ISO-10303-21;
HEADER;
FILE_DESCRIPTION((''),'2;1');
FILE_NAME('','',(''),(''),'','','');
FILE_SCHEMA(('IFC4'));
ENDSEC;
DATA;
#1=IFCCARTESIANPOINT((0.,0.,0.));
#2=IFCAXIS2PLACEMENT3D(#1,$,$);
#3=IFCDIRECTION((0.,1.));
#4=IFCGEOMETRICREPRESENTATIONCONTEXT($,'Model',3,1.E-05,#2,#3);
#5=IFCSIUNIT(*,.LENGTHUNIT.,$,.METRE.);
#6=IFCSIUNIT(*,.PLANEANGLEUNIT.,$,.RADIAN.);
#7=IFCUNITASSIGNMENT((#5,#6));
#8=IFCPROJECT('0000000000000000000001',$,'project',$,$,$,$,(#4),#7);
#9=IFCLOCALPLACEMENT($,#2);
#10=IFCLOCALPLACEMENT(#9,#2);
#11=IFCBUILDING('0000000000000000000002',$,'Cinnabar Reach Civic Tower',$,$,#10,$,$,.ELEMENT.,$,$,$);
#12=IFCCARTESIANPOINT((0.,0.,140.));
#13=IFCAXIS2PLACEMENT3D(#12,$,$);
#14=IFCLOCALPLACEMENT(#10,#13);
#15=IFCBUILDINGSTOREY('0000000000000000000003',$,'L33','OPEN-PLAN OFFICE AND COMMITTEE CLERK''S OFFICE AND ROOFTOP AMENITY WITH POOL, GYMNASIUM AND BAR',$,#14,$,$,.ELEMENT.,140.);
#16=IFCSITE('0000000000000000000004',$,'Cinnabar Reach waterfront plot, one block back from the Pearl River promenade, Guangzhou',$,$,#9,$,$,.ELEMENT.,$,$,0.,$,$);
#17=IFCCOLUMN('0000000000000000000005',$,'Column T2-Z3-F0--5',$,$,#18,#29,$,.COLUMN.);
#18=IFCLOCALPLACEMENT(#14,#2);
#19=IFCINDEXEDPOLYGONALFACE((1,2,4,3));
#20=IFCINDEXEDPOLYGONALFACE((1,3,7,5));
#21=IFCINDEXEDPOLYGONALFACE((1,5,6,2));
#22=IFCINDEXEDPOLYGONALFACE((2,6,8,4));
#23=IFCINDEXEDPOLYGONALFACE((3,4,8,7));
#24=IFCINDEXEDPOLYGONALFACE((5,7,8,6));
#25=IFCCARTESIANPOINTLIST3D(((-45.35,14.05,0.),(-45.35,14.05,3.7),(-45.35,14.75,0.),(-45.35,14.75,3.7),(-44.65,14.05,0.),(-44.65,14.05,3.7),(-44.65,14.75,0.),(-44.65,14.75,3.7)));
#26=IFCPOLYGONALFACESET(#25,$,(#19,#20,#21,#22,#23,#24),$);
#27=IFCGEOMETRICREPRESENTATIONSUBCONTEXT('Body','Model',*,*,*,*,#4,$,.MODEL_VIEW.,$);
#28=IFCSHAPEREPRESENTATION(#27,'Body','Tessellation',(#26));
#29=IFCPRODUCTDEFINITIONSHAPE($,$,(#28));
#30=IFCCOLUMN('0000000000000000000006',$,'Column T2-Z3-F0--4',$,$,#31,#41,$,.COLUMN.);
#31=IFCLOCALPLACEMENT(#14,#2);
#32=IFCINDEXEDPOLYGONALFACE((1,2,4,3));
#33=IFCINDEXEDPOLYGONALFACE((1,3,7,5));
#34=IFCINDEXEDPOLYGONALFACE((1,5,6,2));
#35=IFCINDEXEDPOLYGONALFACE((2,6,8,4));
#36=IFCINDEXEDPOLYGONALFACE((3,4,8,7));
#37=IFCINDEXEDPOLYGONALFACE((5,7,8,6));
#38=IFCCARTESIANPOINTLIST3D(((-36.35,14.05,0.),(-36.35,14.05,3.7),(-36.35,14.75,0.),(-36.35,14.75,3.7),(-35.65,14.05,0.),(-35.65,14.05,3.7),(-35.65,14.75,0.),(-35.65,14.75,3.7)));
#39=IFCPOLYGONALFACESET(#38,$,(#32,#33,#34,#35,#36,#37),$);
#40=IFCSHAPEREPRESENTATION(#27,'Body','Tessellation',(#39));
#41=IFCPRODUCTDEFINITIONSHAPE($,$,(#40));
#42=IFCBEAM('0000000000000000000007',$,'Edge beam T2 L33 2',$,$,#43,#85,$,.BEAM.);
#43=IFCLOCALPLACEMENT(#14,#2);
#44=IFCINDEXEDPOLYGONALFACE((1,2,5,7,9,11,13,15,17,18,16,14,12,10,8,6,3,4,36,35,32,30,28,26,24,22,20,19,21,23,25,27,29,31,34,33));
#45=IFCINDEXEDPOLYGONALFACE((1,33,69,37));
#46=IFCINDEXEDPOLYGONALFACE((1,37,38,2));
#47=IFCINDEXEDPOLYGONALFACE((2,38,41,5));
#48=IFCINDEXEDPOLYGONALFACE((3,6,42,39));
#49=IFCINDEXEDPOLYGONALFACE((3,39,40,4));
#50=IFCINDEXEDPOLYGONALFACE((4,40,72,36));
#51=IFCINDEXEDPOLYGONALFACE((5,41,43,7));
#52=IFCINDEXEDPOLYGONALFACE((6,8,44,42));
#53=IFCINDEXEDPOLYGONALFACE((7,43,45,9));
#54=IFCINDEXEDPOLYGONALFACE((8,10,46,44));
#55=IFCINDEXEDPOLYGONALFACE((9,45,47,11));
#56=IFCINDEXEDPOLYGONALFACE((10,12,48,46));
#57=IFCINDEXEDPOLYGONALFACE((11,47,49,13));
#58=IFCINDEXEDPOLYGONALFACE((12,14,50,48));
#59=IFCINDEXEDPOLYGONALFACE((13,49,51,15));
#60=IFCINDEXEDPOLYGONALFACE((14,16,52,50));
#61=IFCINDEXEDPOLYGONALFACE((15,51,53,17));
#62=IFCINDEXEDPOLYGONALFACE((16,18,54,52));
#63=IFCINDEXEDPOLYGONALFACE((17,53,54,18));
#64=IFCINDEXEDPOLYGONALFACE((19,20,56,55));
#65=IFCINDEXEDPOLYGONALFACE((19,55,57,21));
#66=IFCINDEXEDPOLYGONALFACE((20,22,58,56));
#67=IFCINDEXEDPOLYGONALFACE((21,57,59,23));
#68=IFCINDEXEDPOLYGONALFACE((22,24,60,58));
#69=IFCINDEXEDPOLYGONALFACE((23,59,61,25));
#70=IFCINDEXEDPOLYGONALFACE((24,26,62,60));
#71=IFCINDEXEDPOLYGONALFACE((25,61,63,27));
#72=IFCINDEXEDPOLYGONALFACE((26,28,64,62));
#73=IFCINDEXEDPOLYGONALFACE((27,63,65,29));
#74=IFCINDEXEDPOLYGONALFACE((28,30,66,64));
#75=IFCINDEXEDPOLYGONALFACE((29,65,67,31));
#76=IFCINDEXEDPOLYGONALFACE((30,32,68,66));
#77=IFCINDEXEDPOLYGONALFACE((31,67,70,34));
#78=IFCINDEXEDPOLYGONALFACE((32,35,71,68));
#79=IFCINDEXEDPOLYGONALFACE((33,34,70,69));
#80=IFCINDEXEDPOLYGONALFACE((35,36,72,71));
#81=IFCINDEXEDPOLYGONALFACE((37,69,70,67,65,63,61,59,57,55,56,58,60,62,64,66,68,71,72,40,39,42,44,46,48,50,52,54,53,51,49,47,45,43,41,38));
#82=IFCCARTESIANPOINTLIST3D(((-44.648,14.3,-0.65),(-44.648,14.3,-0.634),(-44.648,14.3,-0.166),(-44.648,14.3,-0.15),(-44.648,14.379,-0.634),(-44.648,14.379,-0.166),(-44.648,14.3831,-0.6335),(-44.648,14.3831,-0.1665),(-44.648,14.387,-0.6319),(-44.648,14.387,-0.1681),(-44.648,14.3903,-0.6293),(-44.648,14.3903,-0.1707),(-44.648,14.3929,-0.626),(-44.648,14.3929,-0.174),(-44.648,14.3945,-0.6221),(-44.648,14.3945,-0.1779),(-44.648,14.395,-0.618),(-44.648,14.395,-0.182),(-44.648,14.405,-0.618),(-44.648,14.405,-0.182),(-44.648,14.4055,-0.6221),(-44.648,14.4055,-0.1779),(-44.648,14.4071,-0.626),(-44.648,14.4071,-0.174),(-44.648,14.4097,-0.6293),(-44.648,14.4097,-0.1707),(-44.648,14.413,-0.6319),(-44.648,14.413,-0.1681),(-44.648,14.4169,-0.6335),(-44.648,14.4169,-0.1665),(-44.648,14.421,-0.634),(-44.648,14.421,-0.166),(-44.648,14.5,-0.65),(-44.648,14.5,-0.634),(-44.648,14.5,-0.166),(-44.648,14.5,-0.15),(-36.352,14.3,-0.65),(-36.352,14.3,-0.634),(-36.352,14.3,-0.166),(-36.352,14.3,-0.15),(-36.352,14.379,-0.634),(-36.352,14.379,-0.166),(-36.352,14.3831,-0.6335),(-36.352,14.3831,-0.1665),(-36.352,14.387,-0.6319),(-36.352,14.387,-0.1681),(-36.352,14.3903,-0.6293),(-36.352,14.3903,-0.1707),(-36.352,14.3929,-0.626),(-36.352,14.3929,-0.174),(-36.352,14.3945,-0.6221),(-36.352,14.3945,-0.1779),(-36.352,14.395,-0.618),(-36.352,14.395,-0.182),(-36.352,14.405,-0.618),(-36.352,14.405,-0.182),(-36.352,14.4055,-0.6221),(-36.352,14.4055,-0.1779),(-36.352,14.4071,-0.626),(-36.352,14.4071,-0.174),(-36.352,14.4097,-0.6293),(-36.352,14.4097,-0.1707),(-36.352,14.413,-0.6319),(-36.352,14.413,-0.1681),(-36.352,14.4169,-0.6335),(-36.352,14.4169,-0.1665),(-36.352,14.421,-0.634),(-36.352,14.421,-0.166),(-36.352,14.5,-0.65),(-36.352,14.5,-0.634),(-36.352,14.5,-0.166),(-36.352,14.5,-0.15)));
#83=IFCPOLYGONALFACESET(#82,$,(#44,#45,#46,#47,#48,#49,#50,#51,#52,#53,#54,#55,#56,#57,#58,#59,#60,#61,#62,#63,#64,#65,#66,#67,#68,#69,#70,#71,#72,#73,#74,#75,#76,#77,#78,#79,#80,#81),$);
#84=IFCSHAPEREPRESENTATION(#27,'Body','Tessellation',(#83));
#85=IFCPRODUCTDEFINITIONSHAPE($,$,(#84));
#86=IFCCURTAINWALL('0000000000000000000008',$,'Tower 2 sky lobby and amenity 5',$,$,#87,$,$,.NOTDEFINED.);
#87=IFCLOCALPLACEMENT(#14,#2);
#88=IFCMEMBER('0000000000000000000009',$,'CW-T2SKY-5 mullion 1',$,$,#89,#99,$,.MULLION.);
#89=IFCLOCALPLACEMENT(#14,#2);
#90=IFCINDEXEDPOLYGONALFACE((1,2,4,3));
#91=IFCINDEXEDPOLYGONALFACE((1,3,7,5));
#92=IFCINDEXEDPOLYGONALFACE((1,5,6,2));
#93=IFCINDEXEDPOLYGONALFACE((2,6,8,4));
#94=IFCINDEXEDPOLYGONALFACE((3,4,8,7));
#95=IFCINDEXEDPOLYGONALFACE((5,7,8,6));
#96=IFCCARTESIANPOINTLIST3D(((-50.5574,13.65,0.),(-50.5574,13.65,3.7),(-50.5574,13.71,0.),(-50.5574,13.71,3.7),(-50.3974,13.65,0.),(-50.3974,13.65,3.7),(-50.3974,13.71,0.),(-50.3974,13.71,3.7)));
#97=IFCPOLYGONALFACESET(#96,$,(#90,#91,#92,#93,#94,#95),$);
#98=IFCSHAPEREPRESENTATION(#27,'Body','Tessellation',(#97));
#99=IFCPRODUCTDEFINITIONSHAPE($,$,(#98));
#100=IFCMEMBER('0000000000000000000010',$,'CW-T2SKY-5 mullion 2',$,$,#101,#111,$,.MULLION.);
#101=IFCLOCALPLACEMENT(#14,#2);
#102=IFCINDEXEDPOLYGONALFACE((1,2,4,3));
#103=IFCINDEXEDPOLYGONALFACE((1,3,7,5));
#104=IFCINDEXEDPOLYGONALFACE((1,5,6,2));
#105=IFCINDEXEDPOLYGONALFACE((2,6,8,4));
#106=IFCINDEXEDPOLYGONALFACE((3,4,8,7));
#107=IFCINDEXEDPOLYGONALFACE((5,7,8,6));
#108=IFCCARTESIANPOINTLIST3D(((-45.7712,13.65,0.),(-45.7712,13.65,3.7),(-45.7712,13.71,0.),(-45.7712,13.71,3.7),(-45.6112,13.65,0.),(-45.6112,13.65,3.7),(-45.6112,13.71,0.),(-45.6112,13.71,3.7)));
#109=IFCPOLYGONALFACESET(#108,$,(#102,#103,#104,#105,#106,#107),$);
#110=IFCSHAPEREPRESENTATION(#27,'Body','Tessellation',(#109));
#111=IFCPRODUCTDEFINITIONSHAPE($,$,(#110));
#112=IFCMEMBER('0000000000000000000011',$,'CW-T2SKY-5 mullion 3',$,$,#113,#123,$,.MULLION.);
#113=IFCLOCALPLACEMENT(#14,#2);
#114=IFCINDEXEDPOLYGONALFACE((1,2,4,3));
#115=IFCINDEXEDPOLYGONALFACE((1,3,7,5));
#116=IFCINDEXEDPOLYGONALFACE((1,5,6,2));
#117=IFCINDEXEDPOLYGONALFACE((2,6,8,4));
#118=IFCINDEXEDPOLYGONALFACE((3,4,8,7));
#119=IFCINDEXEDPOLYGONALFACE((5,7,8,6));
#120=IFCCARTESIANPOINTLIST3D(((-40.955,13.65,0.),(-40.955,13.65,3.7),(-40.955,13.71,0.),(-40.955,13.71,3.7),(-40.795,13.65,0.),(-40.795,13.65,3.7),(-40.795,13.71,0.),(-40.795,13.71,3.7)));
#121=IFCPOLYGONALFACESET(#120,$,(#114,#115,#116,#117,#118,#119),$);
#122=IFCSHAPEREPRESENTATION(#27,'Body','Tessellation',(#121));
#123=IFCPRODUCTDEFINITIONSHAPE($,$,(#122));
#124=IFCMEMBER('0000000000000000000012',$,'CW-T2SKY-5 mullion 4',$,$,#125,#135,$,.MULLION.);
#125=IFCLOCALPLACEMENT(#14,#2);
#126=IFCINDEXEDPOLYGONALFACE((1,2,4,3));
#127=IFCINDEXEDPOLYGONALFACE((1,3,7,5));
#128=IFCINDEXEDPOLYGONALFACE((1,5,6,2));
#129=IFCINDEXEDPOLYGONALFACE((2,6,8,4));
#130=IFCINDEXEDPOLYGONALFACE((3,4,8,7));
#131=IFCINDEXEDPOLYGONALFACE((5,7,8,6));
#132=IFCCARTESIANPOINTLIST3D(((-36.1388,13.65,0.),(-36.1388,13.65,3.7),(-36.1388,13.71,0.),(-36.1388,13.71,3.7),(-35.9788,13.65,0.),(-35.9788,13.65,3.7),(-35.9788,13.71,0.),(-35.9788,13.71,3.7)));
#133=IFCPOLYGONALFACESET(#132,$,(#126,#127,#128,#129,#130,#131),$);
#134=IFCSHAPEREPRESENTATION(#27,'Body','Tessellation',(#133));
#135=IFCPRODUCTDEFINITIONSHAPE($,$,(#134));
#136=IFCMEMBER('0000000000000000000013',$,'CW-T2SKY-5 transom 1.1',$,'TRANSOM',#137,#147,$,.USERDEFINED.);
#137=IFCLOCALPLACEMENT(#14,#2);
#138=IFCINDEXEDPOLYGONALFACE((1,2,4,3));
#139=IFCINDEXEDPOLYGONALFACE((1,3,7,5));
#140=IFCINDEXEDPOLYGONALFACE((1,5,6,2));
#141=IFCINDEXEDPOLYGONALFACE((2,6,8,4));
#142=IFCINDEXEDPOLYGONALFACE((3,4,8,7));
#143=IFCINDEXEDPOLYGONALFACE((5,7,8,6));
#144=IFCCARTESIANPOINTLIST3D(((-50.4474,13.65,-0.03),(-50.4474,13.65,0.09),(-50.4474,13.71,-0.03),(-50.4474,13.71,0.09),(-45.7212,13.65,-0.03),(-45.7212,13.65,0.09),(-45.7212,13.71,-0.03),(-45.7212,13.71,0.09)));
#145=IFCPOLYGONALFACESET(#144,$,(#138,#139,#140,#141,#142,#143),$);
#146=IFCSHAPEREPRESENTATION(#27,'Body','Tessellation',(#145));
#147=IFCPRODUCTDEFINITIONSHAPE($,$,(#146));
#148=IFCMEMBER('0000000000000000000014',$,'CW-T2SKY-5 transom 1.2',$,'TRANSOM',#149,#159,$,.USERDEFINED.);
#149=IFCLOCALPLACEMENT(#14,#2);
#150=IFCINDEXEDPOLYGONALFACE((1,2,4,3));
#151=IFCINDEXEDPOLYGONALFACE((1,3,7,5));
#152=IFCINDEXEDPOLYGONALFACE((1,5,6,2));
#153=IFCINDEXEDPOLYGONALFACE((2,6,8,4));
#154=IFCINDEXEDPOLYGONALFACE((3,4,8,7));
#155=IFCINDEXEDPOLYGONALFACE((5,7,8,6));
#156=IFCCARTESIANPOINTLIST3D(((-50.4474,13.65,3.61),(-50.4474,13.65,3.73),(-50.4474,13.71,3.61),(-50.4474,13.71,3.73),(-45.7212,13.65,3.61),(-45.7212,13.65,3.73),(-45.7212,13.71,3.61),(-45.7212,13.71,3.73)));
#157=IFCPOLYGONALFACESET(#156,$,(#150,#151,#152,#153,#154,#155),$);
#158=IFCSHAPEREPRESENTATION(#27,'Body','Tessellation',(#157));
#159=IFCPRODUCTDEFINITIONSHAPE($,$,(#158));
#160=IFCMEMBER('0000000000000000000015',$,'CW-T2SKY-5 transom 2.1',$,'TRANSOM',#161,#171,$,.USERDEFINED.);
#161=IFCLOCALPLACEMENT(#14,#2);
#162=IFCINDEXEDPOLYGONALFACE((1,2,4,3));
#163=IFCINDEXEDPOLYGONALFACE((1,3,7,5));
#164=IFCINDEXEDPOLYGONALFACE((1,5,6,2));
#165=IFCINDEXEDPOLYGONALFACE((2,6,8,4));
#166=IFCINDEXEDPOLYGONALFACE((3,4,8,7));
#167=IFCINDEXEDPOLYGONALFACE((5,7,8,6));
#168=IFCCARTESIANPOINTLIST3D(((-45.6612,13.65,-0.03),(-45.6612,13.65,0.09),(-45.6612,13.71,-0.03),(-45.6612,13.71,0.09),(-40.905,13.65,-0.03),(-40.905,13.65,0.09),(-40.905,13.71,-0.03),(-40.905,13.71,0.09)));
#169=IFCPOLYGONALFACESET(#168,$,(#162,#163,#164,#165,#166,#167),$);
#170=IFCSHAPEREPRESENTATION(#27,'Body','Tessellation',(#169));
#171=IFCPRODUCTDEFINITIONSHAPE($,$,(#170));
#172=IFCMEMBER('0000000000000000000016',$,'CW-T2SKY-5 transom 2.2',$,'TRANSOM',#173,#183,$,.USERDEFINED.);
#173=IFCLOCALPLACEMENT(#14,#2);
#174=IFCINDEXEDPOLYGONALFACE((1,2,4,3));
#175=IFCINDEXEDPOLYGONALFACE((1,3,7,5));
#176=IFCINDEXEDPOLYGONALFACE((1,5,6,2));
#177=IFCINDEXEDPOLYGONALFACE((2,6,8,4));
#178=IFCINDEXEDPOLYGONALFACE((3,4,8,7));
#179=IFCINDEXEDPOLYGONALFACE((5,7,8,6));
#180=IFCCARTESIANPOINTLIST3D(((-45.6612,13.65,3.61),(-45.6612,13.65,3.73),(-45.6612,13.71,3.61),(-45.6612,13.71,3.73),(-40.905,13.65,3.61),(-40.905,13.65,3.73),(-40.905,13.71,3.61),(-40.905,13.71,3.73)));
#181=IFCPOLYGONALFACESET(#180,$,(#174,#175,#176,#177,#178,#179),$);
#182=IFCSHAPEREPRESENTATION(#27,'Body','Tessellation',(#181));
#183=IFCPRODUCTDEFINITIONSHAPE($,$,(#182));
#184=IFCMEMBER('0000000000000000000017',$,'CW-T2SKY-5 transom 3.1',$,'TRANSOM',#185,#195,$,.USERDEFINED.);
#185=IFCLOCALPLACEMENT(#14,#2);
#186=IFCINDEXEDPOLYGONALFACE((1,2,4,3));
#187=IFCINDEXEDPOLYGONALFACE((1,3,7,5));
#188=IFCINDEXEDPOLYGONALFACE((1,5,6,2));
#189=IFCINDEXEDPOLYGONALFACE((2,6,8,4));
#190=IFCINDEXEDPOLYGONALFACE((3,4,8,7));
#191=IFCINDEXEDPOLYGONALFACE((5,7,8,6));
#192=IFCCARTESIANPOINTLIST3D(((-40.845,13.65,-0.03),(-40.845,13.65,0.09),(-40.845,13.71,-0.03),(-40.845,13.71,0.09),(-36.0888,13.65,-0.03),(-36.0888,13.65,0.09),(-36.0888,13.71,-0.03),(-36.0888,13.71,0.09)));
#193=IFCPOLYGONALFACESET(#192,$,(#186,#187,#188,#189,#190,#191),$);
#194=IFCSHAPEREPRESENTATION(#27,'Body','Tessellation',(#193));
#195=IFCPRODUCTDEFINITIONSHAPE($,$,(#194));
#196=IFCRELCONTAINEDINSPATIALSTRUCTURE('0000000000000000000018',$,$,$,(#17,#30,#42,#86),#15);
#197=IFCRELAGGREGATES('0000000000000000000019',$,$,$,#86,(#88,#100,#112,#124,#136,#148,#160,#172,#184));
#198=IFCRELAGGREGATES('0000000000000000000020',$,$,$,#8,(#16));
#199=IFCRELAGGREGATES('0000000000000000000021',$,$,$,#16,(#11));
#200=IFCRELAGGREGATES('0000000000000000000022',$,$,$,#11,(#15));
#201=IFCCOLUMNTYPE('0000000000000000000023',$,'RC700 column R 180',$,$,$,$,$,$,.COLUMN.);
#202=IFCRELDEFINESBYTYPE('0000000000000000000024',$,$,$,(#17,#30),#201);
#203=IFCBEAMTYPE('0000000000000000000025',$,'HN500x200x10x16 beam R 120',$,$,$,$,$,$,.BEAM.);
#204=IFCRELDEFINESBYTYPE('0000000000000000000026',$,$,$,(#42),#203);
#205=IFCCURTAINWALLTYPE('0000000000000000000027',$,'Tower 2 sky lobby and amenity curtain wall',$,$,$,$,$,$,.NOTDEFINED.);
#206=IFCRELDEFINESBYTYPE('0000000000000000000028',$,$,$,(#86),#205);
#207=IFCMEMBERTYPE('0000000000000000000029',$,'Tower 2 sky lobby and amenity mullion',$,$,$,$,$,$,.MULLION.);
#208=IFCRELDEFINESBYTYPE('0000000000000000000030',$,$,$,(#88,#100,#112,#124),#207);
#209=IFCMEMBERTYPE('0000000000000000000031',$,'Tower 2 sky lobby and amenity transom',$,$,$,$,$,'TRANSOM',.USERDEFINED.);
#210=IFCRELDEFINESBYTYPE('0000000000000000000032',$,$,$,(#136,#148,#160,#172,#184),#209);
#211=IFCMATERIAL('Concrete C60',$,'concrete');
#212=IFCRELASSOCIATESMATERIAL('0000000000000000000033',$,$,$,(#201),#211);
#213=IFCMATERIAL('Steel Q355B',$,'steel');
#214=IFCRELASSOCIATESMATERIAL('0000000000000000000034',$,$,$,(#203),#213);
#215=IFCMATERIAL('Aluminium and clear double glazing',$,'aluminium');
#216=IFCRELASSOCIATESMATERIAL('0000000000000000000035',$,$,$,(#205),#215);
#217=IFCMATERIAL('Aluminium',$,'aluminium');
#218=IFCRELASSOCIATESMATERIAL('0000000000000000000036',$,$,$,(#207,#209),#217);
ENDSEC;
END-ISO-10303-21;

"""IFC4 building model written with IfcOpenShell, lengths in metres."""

from ifc_helpers import new_model, si_unit, direction, frame, origin, origin_2d, place, context, subcontext, project, spatial, rectangle, i_section, extrude, material, material_profile, profile_set, type_object, element, aggregate, save


model = new_model("IFC4")

# Units and contexts
model_context = context("Model", 3, precision=1e-05, world=origin(), true_north=direction((0.0, 1.0)))
body_context = subcontext(model_context, "Body", "Model", "MODEL_VIEW")
ifc_project = project(units=[si_unit("LENGTHUNIT", "METRE"), si_unit("PLANEANGLEUNIT", "RADIAN")], contexts=[model_context])

# Site, building, storey
site_placement = place(None, origin())
site = spatial("IfcSite", under=ifc_project, at=site_placement, Name="Cinnabar Reach waterfront plot, one block back from the Pearl River promenade, Guangzhou", CompositionType="ELEMENT", RefElevation=0.0)
building_placement = place(site_placement, origin())
building = spatial("IfcBuilding", under=site, at=building_placement, Name="Cinnabar Reach Civic Tower", CompositionType="ELEMENT")
storey_placement = place(building_placement, frame((0.0, 0.0, 140.0)))
storey = spatial("IfcBuildingStorey", under=building, at=storey_placement, Name="L33", Description="OPEN-PLAN OFFICE AND COMMITTEE CLERK'S OFFICE AND ROOFTOP AMENITY WITH POOL, GYMNASIUM AND BAR", CompositionType="ELEMENT", Elevation=140.0)

# Columns
ifc_material_1 = material(Name="Concrete C60", Category="concrete")
ifc_material_profile_1 = material_profile(ifc_material_1, rectangle(XDim=0.7, YDim=0.7, at=origin_2d()), Name="RC700")
ifc_profile_set_1 = profile_set([ifc_material_profile_1], Name="Concrete C60")
column_type = type_object("IfcColumnType", Name="RC700 column R 180", PredefinedType="COLUMN", material=ifc_profile_set_1)
for number, where, z_axis, x_axis, name in (
    (1, (-45.0, 14.4, 0.0), (0.0, 0.0, 1.0), (1.0, 0.0, 0.0), "Column T2-Z3-F0--5"),
    (2, (-36.0, 14.4, 0.0), (0.0, 0.0, 1.0), (1.0, 0.0, 0.0), "Column T2-Z3-F0--4"),
):
    element("IfcColumn", number, at=place(storey_placement, frame(where, z_axis=z_axis, x_axis=x_axis)), inside=storey, type_object=column_type, Name=name, PredefinedType="COLUMN", context=body_context, shape_type="SweptSolid", body=[
        extrude(rectangle(XDim=0.7, YDim=0.7, at=origin_2d()), origin(), (0.0, 0.0, 1.0), 3.7),
    ])

# Beam
ifc_material_2 = material(Name="Steel Q355B", Category="steel")
ifc_material_profile_2 = material_profile(ifc_material_2, i_section(OverallWidth=0.2, OverallDepth=0.5, WebThickness=0.01, FlangeThickness=0.016, FilletRadius=0.016, at=origin_2d()), Name="HN500x200x10x16")
ifc_profile_set_2 = profile_set([ifc_material_profile_2], Name="Steel Q355B")
beam_type = type_object("IfcBeamType", Name="HN500x200x10x16 beam R 120", PredefinedType="BEAM", material=ifc_profile_set_2)
beam_placement = place(storey_placement, frame((-44.648, 14.4, -0.4), z_axis=(1.0, 0.0, 0.0), x_axis=(0.0, 1.0, 0.0)))
element("IfcBeam", 3, at=beam_placement, inside=storey, type_object=beam_type, Name="Edge beam T2 L33 2", PredefinedType="BEAM", context=body_context, shape_type="SweptSolid", body=[
    extrude(i_section(OverallWidth=0.2, OverallDepth=0.5, WebThickness=0.01, FlangeThickness=0.016, FilletRadius=0.016, at=origin_2d()), origin(), (0.0, 0.0, 1.0), 8.296),
])

# Curtain wall, members
ifc_material_3 = material(Name="Aluminium and clear double glazing", Category="aluminium")
curtain_wall_type = type_object("IfcCurtainWallType", Name="Tower 2 sky lobby and amenity curtain wall", PredefinedType="NOTDEFINED", material=ifc_material_3)
curtain_wall_placement = place(storey_placement, origin())
curtain_wall = element("IfcCurtainWall", 4, at=curtain_wall_placement, inside=storey, type_object=curtain_wall_type, Name="Tower 2 sky lobby and amenity 5", PredefinedType="NOTDEFINED")
ifc_material_4 = material(Name="Aluminium", Category="aluminium")
ifc_material_profile_3 = material_profile(ifc_material_4, rectangle(XDim=0.06, YDim=0.16, at=origin_2d()), Name="Tower 2 sky lobby and amenity mullion")
ifc_profile_set_3 = profile_set([ifc_material_profile_3], Name="Aluminium")
member_type_1 = type_object("IfcMemberType", Name="Tower 2 sky lobby and amenity mullion", PredefinedType="MULLION", material=ifc_profile_set_3)
member_1_placement = place(storey_placement, frame((-50.4774, 13.68, 0.0), z_axis=(0.0, 0.0, 1.0), x_axis=(0.0, 1.0, 0.0)))
member_1 = element("IfcMember", 5, at=member_1_placement, type_object=member_type_1, Name="CW-T2SKY-5 mullion 1", PredefinedType="MULLION", context=body_context, shape_type="SweptSolid", body=[
    extrude(rectangle(XDim=0.06, YDim=0.16, at=origin_2d()), origin(), (0.0, 0.0, 1.0), 3.7),
])
member_2_placement = place(storey_placement, frame((-45.6912, 13.68, 0.0), z_axis=(0.0, 0.0, 1.0), x_axis=(0.0, 1.0, 0.0)))
member_2 = element("IfcMember", 6, at=member_2_placement, type_object=member_type_1, Name="CW-T2SKY-5 mullion 2", PredefinedType="MULLION", context=body_context, shape_type="SweptSolid", body=[
    extrude(rectangle(XDim=0.06, YDim=0.16, at=origin_2d()), origin(), (0.0, 0.0, 1.0), 3.7),
])
member_3_placement = place(storey_placement, frame((-40.875, 13.68, 0.0), z_axis=(0.0, 0.0, 1.0), x_axis=(0.0, 1.0, 0.0)))
member_3 = element("IfcMember", 7, at=member_3_placement, type_object=member_type_1, Name="CW-T2SKY-5 mullion 3", PredefinedType="MULLION", context=body_context, shape_type="SweptSolid", body=[
    extrude(rectangle(XDim=0.06, YDim=0.16, at=origin_2d()), origin(), (0.0, 0.0, 1.0), 3.7),
])
member_4_placement = place(storey_placement, frame((-36.0588, 13.68, 0.0), z_axis=(0.0, 0.0, 1.0), x_axis=(0.0, 1.0, 0.0)))
member_4 = element("IfcMember", 8, at=member_4_placement, type_object=member_type_1, Name="CW-T2SKY-5 mullion 4", PredefinedType="MULLION", context=body_context, shape_type="SweptSolid", body=[
    extrude(rectangle(XDim=0.06, YDim=0.16, at=origin_2d()), origin(), (0.0, 0.0, 1.0), 3.7),
])
ifc_material_profile_4 = material_profile(ifc_material_4, rectangle(XDim=0.06, YDim=0.12, at=origin_2d()), Name="Tower 2 sky lobby and amenity transom")
ifc_profile_set_4 = profile_set([ifc_material_profile_4], Name="Aluminium")
member_type_2 = type_object("IfcMemberType", Name="Tower 2 sky lobby and amenity transom", ElementType="TRANSOM", PredefinedType="USERDEFINED", material=ifc_profile_set_4)
member_5_placement = place(storey_placement, frame((-50.4474, 13.68, 0.03), z_axis=(1.0, 0.0, 0.0), x_axis=(0.0, 1.0, 0.0)))
member_5 = element("IfcMember", 9, at=member_5_placement, type_object=member_type_2, Name="CW-T2SKY-5 transom 1.1", ObjectType="TRANSOM", PredefinedType="USERDEFINED", context=body_context, shape_type="SweptSolid", body=[
    extrude(rectangle(XDim=0.06, YDim=0.12, at=origin_2d()), origin(), (0.0, 0.0, 1.0), 4.7262),
])
member_6_placement = place(storey_placement, frame((-50.4474, 13.68, 3.67), z_axis=(1.0, 0.0, 0.0), x_axis=(0.0, 1.0, 0.0)))
member_6 = element("IfcMember", 10, at=member_6_placement, type_object=member_type_2, Name="CW-T2SKY-5 transom 1.2", ObjectType="TRANSOM", PredefinedType="USERDEFINED", context=body_context, shape_type="SweptSolid", body=[
    extrude(rectangle(XDim=0.06, YDim=0.12, at=origin_2d()), origin(), (0.0, 0.0, 1.0), 4.7262),
])
member_7_placement = place(storey_placement, frame((-45.6612, 13.68, 0.03), z_axis=(1.0, 0.0, 0.0), x_axis=(0.0, 1.0, 0.0)))
member_7 = element("IfcMember", 11, at=member_7_placement, type_object=member_type_2, Name="CW-T2SKY-5 transom 2.1", ObjectType="TRANSOM", PredefinedType="USERDEFINED", context=body_context, shape_type="SweptSolid", body=[
    extrude(rectangle(XDim=0.06, YDim=0.12, at=origin_2d()), origin(), (0.0, 0.0, 1.0), 4.7562),
])
member_8_placement = place(storey_placement, frame((-45.6612, 13.68, 3.67), z_axis=(1.0, 0.0, 0.0), x_axis=(0.0, 1.0, 0.0)))
member_8 = element("IfcMember", 12, at=member_8_placement, type_object=member_type_2, Name="CW-T2SKY-5 transom 2.2", ObjectType="TRANSOM", PredefinedType="USERDEFINED", context=body_context, shape_type="SweptSolid", body=[
    extrude(rectangle(XDim=0.06, YDim=0.12, at=origin_2d()), origin(), (0.0, 0.0, 1.0), 4.7562),
])
member_9_placement = place(storey_placement, frame((-40.845, 13.68, 0.03), z_axis=(1.0, 0.0, 0.0), x_axis=(0.0, 1.0, 0.0)))
member_9 = element("IfcMember", 13, at=member_9_placement, type_object=member_type_2, Name="CW-T2SKY-5 transom 3.1", ObjectType="TRANSOM", PredefinedType="USERDEFINED", context=body_context, shape_type="SweptSolid", body=[
    extrude(rectangle(XDim=0.06, YDim=0.12, at=origin_2d()), origin(), (0.0, 0.0, 1.0), 4.7562),
])
aggregate(curtain_wall, [member_1, member_2, member_3, member_4, member_5, member_6, member_7, member_8, member_9])

save(model, "model.ifc")
